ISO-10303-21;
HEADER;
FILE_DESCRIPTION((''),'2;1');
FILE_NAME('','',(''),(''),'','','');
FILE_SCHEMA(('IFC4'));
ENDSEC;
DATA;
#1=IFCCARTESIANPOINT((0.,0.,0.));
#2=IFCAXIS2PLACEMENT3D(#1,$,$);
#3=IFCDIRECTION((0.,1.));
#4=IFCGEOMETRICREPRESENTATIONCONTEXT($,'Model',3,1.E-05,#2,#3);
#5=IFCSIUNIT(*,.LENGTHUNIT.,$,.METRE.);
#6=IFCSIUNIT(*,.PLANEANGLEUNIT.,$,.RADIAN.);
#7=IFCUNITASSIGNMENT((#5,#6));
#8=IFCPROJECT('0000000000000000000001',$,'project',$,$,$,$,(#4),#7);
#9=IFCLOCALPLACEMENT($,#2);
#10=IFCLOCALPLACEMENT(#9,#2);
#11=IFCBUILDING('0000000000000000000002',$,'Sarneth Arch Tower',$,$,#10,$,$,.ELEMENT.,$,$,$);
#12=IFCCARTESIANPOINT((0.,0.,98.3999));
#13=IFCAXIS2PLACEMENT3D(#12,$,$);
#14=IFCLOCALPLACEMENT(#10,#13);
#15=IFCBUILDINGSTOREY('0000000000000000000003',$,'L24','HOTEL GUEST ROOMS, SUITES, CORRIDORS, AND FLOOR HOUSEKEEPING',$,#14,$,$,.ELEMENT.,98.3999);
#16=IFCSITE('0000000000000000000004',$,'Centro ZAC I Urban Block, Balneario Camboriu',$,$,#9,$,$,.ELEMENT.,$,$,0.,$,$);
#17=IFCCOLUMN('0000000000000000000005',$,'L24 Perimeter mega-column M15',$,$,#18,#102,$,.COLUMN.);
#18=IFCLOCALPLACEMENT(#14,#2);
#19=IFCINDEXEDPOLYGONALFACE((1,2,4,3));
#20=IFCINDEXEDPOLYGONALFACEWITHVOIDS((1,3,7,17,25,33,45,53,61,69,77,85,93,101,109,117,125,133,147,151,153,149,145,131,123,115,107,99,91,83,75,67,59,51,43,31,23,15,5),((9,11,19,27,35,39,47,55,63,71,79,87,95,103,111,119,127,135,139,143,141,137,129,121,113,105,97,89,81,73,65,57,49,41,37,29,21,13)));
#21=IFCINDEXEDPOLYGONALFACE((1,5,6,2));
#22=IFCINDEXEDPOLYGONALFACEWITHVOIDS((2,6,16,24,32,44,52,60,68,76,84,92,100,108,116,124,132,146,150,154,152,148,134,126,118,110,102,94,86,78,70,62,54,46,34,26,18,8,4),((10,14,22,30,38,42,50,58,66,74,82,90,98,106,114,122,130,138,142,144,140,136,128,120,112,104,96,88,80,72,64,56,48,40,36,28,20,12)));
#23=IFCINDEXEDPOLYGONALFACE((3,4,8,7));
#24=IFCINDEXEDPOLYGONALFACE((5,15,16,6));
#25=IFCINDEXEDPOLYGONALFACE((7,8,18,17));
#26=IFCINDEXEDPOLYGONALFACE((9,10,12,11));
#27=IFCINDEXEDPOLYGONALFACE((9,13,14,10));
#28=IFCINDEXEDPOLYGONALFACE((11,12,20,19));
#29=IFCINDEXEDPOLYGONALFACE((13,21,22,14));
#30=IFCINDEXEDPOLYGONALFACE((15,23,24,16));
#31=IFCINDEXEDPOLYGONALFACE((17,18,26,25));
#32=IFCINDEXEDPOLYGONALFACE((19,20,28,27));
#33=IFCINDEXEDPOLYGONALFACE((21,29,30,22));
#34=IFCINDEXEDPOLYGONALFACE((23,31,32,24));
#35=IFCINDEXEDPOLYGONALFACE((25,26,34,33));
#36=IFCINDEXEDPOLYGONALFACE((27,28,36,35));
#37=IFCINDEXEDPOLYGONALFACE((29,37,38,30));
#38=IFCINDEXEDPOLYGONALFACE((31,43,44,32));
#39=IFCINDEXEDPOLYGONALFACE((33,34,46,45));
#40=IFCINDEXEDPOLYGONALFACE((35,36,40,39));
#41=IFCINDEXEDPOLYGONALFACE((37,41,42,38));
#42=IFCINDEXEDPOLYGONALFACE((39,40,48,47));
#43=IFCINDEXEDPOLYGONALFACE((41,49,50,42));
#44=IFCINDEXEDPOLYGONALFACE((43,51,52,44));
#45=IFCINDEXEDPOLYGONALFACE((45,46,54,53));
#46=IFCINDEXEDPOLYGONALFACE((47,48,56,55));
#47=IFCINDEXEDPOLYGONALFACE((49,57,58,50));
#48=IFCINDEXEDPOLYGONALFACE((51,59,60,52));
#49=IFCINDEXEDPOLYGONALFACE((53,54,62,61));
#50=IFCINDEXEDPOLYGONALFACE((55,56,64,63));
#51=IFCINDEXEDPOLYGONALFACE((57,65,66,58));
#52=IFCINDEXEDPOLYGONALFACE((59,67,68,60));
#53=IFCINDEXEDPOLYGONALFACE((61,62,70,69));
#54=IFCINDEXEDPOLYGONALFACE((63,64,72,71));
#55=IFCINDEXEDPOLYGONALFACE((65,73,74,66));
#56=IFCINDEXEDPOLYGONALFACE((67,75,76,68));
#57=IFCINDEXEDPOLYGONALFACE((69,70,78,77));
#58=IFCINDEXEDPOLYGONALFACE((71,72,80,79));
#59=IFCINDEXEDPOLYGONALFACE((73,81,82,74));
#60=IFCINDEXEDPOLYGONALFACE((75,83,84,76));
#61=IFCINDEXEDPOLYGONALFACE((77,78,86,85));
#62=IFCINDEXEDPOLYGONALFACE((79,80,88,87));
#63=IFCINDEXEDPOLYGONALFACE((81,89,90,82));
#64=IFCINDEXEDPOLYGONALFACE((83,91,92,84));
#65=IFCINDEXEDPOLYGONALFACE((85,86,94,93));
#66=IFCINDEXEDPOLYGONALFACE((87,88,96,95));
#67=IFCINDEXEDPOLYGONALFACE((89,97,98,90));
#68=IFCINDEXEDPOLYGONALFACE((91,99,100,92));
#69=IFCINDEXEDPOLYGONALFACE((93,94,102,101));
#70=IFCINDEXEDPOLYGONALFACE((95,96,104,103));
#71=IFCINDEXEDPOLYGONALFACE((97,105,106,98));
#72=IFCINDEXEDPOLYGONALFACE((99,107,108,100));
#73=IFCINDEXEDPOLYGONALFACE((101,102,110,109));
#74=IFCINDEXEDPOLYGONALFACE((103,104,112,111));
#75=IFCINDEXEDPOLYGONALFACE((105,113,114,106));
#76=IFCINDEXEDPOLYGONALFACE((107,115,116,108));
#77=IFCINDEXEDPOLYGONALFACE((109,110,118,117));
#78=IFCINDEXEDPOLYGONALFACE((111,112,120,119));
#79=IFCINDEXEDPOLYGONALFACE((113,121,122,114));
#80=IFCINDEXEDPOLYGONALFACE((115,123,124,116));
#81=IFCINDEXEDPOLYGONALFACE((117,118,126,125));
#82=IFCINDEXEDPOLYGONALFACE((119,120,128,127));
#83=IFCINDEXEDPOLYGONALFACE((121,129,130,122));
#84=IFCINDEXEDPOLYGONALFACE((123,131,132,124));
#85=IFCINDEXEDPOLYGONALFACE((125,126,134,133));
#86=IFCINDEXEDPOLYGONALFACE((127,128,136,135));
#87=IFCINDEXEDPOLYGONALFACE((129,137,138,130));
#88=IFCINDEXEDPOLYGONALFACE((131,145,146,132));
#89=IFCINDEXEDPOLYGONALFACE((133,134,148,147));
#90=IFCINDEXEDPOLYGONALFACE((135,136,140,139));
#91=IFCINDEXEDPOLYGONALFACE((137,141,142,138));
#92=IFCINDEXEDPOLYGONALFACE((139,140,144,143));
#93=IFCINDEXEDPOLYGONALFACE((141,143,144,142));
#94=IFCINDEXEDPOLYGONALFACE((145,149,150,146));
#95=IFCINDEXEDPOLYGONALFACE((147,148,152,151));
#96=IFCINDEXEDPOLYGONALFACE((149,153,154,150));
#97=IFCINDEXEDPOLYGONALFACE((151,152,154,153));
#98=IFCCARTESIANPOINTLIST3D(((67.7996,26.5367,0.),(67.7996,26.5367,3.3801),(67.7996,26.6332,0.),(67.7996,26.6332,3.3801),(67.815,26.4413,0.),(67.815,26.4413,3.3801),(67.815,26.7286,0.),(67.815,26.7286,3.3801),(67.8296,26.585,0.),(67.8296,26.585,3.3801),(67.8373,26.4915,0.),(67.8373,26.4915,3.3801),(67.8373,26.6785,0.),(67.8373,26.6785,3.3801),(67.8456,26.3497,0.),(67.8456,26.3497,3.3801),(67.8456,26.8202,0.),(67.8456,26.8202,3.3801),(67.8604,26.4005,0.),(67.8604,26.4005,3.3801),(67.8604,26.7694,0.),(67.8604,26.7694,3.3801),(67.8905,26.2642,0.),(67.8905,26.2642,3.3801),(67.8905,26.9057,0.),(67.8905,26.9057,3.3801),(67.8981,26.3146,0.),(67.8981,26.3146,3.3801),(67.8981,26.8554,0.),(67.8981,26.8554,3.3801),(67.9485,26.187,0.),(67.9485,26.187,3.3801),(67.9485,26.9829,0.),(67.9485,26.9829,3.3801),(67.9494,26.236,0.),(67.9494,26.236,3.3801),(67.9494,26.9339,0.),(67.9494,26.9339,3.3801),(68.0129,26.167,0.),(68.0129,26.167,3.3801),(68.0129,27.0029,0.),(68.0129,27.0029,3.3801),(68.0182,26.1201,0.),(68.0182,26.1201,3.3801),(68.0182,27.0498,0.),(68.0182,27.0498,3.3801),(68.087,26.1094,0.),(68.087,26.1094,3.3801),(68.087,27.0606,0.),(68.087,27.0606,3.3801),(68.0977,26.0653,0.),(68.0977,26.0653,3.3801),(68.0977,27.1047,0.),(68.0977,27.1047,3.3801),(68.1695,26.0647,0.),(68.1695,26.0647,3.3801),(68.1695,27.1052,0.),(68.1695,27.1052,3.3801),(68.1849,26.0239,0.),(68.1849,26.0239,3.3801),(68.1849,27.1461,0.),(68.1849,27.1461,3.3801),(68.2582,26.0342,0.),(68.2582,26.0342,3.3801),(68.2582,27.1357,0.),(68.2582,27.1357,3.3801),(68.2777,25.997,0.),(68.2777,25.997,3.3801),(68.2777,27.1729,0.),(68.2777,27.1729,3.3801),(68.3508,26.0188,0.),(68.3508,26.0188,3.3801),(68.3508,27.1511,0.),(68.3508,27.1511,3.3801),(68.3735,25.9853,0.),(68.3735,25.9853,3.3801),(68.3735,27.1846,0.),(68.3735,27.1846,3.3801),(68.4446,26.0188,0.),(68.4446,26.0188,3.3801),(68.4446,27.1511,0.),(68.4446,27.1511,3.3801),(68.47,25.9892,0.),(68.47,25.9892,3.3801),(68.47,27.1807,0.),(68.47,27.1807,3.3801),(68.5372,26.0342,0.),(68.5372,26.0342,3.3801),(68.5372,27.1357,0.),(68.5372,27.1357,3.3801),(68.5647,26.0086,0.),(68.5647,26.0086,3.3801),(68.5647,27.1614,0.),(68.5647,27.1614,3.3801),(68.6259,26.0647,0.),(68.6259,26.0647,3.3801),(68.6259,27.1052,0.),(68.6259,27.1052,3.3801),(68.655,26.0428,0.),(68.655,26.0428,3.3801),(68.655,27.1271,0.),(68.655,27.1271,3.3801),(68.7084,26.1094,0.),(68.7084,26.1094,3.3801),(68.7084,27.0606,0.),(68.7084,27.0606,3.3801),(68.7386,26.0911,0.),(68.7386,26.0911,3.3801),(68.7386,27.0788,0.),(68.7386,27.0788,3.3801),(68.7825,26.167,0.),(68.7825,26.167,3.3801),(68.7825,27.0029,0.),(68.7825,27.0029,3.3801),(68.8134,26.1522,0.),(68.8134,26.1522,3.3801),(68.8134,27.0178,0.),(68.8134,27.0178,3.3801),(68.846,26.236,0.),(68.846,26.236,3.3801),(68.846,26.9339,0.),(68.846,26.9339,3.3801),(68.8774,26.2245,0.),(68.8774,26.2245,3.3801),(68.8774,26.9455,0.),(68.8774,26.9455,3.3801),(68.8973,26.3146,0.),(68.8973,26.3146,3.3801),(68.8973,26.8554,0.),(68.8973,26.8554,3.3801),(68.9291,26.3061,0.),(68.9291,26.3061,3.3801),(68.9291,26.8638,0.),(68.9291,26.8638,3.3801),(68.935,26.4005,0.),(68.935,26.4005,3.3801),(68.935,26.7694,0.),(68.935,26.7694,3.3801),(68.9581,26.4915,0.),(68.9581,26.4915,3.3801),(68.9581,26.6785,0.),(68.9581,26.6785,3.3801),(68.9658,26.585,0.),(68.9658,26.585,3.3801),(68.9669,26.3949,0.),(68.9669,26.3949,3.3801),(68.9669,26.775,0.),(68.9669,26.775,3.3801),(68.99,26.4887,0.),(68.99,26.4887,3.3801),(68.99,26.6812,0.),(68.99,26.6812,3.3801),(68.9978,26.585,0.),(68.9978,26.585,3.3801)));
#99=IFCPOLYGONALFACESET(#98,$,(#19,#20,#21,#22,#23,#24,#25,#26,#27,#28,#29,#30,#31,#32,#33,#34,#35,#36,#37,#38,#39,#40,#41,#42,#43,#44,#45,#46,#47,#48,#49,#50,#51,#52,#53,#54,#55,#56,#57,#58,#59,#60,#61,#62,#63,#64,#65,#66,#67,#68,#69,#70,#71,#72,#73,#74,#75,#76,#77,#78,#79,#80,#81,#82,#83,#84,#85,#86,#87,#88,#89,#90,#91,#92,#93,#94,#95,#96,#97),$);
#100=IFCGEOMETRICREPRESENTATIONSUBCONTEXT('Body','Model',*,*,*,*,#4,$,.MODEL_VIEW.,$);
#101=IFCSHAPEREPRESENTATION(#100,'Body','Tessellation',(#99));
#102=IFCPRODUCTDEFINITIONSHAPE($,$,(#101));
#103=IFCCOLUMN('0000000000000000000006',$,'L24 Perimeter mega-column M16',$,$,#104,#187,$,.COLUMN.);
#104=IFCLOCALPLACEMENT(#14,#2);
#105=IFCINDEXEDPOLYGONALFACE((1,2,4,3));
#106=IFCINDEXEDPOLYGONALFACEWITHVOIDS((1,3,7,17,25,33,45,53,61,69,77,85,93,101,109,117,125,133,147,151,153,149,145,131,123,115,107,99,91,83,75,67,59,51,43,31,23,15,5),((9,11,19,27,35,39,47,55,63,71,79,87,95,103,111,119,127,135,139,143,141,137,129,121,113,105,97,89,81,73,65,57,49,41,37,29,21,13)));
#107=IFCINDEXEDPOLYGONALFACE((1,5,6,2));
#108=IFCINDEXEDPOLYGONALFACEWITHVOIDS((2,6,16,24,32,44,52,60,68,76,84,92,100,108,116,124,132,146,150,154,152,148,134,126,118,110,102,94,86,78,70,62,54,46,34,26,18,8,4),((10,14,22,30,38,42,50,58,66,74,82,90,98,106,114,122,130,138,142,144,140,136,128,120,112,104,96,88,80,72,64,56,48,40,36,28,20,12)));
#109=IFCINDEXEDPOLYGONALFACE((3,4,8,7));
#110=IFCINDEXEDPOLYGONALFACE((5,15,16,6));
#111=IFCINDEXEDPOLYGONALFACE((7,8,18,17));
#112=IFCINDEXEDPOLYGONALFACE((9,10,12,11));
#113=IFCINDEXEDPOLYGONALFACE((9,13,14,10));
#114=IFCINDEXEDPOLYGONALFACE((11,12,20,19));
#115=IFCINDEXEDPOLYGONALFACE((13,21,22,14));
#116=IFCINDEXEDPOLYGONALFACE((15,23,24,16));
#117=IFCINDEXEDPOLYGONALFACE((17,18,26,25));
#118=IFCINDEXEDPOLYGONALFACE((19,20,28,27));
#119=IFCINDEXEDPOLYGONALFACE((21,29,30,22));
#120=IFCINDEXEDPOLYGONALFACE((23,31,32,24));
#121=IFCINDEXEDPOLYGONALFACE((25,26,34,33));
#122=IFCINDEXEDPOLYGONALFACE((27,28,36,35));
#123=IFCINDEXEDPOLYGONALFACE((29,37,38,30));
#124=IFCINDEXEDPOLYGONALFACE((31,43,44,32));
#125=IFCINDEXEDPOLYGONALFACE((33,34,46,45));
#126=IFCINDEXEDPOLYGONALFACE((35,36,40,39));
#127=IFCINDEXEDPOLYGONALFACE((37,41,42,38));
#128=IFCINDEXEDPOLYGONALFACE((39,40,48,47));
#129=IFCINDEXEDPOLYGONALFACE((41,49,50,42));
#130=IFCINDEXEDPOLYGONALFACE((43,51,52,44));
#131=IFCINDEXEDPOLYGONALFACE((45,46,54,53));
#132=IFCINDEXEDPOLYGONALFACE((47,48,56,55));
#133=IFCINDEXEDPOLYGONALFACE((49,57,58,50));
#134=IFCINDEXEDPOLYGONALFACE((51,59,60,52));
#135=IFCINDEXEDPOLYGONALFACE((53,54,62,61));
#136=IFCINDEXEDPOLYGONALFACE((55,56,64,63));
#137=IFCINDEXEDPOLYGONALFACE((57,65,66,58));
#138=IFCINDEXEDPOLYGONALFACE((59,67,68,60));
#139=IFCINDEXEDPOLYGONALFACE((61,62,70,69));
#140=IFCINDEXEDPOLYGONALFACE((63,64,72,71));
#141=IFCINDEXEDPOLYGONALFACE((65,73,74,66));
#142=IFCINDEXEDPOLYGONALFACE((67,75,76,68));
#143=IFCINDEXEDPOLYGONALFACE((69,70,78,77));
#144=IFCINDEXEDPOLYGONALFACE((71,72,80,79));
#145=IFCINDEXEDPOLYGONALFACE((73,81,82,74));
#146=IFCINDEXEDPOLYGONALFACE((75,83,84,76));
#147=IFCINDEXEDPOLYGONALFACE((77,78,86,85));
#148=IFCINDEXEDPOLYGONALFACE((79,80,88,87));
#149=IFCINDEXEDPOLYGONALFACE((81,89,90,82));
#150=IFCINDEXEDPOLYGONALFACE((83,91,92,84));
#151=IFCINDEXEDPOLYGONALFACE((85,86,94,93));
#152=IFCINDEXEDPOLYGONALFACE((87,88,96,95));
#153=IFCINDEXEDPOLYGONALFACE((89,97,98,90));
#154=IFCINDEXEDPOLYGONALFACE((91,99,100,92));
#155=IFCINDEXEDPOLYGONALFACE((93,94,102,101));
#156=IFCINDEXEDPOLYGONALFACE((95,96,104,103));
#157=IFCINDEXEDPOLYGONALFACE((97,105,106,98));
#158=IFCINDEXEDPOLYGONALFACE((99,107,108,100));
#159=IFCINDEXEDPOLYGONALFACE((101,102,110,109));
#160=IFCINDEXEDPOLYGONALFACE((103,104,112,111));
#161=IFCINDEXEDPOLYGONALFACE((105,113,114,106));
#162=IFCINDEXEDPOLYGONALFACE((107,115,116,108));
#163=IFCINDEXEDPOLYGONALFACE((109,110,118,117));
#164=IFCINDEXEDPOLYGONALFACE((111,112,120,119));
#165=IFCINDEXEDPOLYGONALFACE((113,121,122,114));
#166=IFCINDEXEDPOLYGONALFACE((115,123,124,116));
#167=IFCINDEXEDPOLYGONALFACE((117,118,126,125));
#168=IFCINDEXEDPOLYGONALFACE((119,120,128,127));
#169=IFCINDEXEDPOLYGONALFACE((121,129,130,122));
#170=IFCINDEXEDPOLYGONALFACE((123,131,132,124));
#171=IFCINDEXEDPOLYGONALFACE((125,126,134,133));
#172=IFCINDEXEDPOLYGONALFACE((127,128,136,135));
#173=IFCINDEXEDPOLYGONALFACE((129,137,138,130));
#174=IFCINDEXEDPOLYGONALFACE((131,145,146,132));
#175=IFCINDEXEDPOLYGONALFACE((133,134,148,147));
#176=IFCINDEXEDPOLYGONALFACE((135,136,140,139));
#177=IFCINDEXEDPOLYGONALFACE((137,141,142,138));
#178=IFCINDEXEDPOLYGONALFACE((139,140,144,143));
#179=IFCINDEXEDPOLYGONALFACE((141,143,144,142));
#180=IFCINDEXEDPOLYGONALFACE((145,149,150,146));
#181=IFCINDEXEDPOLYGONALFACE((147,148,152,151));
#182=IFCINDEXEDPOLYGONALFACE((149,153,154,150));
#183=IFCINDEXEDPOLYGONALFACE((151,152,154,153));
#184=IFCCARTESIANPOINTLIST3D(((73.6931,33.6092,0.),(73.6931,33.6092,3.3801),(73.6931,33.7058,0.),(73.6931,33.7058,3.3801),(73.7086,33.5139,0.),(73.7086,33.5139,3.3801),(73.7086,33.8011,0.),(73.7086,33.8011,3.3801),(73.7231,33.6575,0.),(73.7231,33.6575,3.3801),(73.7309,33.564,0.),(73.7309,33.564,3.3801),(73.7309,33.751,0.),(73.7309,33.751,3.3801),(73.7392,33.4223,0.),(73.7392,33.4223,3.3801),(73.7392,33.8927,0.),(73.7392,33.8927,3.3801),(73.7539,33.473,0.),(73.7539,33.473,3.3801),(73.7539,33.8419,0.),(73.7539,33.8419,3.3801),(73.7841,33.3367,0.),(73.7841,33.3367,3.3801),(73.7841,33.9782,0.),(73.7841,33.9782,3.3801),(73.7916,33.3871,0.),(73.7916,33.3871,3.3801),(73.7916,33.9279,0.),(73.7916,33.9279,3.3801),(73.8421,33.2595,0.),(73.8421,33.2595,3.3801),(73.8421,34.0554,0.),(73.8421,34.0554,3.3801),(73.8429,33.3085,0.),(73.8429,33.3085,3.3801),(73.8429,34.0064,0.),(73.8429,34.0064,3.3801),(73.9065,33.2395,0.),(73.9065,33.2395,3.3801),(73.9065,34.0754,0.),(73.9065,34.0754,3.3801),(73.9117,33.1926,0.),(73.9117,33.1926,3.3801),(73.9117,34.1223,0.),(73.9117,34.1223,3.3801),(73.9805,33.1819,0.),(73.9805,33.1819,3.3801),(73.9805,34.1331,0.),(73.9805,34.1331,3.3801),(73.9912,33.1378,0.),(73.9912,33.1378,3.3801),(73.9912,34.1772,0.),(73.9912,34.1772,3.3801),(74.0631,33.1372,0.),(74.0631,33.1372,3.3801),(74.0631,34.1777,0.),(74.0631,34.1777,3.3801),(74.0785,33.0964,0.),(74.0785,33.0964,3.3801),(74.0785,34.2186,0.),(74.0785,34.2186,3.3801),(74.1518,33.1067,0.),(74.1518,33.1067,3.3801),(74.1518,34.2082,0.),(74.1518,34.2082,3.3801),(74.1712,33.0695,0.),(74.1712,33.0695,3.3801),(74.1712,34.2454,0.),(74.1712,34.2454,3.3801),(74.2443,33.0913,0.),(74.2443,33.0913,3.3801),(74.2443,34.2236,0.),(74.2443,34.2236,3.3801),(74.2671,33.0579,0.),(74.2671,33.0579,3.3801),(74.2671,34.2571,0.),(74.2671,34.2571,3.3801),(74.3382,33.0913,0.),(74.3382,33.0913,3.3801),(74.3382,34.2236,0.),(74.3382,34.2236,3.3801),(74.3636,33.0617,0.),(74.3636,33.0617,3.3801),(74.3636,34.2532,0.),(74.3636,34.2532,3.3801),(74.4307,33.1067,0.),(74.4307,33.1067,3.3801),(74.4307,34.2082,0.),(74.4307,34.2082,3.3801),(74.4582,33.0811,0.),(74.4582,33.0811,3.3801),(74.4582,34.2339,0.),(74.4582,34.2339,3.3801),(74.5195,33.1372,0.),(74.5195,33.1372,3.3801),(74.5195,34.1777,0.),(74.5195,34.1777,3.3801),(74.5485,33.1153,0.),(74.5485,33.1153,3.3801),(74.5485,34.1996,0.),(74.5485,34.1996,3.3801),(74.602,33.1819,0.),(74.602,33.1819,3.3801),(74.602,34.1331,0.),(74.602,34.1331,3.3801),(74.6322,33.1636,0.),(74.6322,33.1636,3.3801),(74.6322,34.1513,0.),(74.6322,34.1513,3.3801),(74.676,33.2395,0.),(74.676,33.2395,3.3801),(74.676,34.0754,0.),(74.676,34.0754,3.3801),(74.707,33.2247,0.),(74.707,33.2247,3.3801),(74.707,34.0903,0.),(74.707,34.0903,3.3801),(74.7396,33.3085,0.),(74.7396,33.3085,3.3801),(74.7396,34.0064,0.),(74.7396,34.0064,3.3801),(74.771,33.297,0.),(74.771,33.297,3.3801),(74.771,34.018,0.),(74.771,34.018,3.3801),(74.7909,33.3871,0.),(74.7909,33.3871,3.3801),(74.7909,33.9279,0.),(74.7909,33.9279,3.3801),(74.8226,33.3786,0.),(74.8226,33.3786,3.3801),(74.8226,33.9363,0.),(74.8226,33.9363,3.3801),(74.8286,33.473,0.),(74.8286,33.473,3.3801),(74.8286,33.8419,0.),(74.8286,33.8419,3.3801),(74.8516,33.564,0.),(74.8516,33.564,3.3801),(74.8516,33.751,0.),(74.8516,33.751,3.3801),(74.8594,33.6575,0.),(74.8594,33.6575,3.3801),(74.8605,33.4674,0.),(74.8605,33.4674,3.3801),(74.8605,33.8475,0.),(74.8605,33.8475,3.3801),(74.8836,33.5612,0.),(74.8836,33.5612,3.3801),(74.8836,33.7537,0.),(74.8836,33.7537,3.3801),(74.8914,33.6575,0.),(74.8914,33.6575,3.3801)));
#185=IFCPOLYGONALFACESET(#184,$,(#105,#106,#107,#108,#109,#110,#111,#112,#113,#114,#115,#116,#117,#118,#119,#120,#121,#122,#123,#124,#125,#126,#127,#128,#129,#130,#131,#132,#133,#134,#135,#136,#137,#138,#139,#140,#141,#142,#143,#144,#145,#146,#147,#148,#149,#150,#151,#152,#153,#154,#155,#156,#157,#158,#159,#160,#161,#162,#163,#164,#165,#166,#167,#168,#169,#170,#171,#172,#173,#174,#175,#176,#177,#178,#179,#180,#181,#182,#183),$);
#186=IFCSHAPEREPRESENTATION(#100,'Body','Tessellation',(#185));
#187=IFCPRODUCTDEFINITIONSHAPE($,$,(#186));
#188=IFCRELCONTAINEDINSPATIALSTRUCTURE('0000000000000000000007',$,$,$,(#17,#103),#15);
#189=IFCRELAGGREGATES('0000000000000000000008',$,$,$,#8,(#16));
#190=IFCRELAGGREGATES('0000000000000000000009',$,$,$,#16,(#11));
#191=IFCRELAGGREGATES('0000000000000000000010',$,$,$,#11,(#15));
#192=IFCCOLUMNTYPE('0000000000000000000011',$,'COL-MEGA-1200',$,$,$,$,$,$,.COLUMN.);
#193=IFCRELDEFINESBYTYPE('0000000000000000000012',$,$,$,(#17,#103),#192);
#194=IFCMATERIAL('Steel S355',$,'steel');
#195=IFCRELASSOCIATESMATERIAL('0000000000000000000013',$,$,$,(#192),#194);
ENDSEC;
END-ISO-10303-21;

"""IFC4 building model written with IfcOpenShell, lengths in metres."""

from ifc_helpers import new_model, si_unit, direction, frame, origin, origin_2d, place, context, subcontext, project, spatial, hollow_circle, extrude, material, material_profile, profile_set, type_object, element, save


model = new_model("IFC4")

# Units and contexts
model_context = context("Model", 3, precision=1e-05, world=origin(), true_north=direction((0.0, 1.0)))
body_context = subcontext(model_context, "Body", "Model", "MODEL_VIEW")
ifc_project = project(units=[si_unit("LENGTHUNIT", "METRE"), si_unit("PLANEANGLEUNIT", "RADIAN")], contexts=[model_context])

# Site, building, storey
site_placement = place(None, origin())
site = spatial("IfcSite", under=ifc_project, at=site_placement, Name="Centro ZAC I Urban Block, Balneario Camboriu", CompositionType="ELEMENT", RefElevation=0.0)
building_placement = place(site_placement, origin())
building = spatial("IfcBuilding", under=site, at=building_placement, Name="Sarneth Arch Tower", CompositionType="ELEMENT")
storey_placement = place(building_placement, frame((0.0, 0.0, 98.3999)))
storey = spatial("IfcBuildingStorey", under=building, at=storey_placement, Name="L24", Description="HOTEL GUEST ROOMS, SUITES, CORRIDORS, AND FLOOR HOUSEKEEPING", CompositionType="ELEMENT", Elevation=98.3999)

# Columns
ifc_material_1 = material(Name="Steel S355", Category="steel")
ifc_material_profile_1 = material_profile(ifc_material_1, hollow_circle(Radius=0.6001, WallThickness=0.032, at=origin_2d()), Name="CHS1200x32")
ifc_profile_set_1 = profile_set([ifc_material_profile_1], Name="Steel S355")
column_type = type_object("IfcColumnType", Name="COL-MEGA-1200", PredefinedType="COLUMN", material=ifc_profile_set_1)
for number, where, z_axis, x_axis, name in (
    (1, (68.3977, 26.585, 0.0), (0.0, 0.0, 1.0), (1.0, 0.0, 0.0), "L24 Perimeter mega-column M15"),
    (2, (74.2913, 33.6575, 0.0), (0.0, 0.0, 1.0), (1.0, 0.0, 0.0), "L24 Perimeter mega-column M16"),
):
    element("IfcColumn", number, at=place(storey_placement, frame(where, z_axis=z_axis, x_axis=x_axis)), inside=storey, type_object=column_type, Name=name, PredefinedType="COLUMN", context=body_context, shape_type="SweptSolid", body=[
        extrude(hollow_circle(Radius=0.6001, WallThickness=0.032, at=origin_2d()), origin(), (0.0, 0.0, 1.0), 3.3801),
    ])

save(model, "model.ifc")
